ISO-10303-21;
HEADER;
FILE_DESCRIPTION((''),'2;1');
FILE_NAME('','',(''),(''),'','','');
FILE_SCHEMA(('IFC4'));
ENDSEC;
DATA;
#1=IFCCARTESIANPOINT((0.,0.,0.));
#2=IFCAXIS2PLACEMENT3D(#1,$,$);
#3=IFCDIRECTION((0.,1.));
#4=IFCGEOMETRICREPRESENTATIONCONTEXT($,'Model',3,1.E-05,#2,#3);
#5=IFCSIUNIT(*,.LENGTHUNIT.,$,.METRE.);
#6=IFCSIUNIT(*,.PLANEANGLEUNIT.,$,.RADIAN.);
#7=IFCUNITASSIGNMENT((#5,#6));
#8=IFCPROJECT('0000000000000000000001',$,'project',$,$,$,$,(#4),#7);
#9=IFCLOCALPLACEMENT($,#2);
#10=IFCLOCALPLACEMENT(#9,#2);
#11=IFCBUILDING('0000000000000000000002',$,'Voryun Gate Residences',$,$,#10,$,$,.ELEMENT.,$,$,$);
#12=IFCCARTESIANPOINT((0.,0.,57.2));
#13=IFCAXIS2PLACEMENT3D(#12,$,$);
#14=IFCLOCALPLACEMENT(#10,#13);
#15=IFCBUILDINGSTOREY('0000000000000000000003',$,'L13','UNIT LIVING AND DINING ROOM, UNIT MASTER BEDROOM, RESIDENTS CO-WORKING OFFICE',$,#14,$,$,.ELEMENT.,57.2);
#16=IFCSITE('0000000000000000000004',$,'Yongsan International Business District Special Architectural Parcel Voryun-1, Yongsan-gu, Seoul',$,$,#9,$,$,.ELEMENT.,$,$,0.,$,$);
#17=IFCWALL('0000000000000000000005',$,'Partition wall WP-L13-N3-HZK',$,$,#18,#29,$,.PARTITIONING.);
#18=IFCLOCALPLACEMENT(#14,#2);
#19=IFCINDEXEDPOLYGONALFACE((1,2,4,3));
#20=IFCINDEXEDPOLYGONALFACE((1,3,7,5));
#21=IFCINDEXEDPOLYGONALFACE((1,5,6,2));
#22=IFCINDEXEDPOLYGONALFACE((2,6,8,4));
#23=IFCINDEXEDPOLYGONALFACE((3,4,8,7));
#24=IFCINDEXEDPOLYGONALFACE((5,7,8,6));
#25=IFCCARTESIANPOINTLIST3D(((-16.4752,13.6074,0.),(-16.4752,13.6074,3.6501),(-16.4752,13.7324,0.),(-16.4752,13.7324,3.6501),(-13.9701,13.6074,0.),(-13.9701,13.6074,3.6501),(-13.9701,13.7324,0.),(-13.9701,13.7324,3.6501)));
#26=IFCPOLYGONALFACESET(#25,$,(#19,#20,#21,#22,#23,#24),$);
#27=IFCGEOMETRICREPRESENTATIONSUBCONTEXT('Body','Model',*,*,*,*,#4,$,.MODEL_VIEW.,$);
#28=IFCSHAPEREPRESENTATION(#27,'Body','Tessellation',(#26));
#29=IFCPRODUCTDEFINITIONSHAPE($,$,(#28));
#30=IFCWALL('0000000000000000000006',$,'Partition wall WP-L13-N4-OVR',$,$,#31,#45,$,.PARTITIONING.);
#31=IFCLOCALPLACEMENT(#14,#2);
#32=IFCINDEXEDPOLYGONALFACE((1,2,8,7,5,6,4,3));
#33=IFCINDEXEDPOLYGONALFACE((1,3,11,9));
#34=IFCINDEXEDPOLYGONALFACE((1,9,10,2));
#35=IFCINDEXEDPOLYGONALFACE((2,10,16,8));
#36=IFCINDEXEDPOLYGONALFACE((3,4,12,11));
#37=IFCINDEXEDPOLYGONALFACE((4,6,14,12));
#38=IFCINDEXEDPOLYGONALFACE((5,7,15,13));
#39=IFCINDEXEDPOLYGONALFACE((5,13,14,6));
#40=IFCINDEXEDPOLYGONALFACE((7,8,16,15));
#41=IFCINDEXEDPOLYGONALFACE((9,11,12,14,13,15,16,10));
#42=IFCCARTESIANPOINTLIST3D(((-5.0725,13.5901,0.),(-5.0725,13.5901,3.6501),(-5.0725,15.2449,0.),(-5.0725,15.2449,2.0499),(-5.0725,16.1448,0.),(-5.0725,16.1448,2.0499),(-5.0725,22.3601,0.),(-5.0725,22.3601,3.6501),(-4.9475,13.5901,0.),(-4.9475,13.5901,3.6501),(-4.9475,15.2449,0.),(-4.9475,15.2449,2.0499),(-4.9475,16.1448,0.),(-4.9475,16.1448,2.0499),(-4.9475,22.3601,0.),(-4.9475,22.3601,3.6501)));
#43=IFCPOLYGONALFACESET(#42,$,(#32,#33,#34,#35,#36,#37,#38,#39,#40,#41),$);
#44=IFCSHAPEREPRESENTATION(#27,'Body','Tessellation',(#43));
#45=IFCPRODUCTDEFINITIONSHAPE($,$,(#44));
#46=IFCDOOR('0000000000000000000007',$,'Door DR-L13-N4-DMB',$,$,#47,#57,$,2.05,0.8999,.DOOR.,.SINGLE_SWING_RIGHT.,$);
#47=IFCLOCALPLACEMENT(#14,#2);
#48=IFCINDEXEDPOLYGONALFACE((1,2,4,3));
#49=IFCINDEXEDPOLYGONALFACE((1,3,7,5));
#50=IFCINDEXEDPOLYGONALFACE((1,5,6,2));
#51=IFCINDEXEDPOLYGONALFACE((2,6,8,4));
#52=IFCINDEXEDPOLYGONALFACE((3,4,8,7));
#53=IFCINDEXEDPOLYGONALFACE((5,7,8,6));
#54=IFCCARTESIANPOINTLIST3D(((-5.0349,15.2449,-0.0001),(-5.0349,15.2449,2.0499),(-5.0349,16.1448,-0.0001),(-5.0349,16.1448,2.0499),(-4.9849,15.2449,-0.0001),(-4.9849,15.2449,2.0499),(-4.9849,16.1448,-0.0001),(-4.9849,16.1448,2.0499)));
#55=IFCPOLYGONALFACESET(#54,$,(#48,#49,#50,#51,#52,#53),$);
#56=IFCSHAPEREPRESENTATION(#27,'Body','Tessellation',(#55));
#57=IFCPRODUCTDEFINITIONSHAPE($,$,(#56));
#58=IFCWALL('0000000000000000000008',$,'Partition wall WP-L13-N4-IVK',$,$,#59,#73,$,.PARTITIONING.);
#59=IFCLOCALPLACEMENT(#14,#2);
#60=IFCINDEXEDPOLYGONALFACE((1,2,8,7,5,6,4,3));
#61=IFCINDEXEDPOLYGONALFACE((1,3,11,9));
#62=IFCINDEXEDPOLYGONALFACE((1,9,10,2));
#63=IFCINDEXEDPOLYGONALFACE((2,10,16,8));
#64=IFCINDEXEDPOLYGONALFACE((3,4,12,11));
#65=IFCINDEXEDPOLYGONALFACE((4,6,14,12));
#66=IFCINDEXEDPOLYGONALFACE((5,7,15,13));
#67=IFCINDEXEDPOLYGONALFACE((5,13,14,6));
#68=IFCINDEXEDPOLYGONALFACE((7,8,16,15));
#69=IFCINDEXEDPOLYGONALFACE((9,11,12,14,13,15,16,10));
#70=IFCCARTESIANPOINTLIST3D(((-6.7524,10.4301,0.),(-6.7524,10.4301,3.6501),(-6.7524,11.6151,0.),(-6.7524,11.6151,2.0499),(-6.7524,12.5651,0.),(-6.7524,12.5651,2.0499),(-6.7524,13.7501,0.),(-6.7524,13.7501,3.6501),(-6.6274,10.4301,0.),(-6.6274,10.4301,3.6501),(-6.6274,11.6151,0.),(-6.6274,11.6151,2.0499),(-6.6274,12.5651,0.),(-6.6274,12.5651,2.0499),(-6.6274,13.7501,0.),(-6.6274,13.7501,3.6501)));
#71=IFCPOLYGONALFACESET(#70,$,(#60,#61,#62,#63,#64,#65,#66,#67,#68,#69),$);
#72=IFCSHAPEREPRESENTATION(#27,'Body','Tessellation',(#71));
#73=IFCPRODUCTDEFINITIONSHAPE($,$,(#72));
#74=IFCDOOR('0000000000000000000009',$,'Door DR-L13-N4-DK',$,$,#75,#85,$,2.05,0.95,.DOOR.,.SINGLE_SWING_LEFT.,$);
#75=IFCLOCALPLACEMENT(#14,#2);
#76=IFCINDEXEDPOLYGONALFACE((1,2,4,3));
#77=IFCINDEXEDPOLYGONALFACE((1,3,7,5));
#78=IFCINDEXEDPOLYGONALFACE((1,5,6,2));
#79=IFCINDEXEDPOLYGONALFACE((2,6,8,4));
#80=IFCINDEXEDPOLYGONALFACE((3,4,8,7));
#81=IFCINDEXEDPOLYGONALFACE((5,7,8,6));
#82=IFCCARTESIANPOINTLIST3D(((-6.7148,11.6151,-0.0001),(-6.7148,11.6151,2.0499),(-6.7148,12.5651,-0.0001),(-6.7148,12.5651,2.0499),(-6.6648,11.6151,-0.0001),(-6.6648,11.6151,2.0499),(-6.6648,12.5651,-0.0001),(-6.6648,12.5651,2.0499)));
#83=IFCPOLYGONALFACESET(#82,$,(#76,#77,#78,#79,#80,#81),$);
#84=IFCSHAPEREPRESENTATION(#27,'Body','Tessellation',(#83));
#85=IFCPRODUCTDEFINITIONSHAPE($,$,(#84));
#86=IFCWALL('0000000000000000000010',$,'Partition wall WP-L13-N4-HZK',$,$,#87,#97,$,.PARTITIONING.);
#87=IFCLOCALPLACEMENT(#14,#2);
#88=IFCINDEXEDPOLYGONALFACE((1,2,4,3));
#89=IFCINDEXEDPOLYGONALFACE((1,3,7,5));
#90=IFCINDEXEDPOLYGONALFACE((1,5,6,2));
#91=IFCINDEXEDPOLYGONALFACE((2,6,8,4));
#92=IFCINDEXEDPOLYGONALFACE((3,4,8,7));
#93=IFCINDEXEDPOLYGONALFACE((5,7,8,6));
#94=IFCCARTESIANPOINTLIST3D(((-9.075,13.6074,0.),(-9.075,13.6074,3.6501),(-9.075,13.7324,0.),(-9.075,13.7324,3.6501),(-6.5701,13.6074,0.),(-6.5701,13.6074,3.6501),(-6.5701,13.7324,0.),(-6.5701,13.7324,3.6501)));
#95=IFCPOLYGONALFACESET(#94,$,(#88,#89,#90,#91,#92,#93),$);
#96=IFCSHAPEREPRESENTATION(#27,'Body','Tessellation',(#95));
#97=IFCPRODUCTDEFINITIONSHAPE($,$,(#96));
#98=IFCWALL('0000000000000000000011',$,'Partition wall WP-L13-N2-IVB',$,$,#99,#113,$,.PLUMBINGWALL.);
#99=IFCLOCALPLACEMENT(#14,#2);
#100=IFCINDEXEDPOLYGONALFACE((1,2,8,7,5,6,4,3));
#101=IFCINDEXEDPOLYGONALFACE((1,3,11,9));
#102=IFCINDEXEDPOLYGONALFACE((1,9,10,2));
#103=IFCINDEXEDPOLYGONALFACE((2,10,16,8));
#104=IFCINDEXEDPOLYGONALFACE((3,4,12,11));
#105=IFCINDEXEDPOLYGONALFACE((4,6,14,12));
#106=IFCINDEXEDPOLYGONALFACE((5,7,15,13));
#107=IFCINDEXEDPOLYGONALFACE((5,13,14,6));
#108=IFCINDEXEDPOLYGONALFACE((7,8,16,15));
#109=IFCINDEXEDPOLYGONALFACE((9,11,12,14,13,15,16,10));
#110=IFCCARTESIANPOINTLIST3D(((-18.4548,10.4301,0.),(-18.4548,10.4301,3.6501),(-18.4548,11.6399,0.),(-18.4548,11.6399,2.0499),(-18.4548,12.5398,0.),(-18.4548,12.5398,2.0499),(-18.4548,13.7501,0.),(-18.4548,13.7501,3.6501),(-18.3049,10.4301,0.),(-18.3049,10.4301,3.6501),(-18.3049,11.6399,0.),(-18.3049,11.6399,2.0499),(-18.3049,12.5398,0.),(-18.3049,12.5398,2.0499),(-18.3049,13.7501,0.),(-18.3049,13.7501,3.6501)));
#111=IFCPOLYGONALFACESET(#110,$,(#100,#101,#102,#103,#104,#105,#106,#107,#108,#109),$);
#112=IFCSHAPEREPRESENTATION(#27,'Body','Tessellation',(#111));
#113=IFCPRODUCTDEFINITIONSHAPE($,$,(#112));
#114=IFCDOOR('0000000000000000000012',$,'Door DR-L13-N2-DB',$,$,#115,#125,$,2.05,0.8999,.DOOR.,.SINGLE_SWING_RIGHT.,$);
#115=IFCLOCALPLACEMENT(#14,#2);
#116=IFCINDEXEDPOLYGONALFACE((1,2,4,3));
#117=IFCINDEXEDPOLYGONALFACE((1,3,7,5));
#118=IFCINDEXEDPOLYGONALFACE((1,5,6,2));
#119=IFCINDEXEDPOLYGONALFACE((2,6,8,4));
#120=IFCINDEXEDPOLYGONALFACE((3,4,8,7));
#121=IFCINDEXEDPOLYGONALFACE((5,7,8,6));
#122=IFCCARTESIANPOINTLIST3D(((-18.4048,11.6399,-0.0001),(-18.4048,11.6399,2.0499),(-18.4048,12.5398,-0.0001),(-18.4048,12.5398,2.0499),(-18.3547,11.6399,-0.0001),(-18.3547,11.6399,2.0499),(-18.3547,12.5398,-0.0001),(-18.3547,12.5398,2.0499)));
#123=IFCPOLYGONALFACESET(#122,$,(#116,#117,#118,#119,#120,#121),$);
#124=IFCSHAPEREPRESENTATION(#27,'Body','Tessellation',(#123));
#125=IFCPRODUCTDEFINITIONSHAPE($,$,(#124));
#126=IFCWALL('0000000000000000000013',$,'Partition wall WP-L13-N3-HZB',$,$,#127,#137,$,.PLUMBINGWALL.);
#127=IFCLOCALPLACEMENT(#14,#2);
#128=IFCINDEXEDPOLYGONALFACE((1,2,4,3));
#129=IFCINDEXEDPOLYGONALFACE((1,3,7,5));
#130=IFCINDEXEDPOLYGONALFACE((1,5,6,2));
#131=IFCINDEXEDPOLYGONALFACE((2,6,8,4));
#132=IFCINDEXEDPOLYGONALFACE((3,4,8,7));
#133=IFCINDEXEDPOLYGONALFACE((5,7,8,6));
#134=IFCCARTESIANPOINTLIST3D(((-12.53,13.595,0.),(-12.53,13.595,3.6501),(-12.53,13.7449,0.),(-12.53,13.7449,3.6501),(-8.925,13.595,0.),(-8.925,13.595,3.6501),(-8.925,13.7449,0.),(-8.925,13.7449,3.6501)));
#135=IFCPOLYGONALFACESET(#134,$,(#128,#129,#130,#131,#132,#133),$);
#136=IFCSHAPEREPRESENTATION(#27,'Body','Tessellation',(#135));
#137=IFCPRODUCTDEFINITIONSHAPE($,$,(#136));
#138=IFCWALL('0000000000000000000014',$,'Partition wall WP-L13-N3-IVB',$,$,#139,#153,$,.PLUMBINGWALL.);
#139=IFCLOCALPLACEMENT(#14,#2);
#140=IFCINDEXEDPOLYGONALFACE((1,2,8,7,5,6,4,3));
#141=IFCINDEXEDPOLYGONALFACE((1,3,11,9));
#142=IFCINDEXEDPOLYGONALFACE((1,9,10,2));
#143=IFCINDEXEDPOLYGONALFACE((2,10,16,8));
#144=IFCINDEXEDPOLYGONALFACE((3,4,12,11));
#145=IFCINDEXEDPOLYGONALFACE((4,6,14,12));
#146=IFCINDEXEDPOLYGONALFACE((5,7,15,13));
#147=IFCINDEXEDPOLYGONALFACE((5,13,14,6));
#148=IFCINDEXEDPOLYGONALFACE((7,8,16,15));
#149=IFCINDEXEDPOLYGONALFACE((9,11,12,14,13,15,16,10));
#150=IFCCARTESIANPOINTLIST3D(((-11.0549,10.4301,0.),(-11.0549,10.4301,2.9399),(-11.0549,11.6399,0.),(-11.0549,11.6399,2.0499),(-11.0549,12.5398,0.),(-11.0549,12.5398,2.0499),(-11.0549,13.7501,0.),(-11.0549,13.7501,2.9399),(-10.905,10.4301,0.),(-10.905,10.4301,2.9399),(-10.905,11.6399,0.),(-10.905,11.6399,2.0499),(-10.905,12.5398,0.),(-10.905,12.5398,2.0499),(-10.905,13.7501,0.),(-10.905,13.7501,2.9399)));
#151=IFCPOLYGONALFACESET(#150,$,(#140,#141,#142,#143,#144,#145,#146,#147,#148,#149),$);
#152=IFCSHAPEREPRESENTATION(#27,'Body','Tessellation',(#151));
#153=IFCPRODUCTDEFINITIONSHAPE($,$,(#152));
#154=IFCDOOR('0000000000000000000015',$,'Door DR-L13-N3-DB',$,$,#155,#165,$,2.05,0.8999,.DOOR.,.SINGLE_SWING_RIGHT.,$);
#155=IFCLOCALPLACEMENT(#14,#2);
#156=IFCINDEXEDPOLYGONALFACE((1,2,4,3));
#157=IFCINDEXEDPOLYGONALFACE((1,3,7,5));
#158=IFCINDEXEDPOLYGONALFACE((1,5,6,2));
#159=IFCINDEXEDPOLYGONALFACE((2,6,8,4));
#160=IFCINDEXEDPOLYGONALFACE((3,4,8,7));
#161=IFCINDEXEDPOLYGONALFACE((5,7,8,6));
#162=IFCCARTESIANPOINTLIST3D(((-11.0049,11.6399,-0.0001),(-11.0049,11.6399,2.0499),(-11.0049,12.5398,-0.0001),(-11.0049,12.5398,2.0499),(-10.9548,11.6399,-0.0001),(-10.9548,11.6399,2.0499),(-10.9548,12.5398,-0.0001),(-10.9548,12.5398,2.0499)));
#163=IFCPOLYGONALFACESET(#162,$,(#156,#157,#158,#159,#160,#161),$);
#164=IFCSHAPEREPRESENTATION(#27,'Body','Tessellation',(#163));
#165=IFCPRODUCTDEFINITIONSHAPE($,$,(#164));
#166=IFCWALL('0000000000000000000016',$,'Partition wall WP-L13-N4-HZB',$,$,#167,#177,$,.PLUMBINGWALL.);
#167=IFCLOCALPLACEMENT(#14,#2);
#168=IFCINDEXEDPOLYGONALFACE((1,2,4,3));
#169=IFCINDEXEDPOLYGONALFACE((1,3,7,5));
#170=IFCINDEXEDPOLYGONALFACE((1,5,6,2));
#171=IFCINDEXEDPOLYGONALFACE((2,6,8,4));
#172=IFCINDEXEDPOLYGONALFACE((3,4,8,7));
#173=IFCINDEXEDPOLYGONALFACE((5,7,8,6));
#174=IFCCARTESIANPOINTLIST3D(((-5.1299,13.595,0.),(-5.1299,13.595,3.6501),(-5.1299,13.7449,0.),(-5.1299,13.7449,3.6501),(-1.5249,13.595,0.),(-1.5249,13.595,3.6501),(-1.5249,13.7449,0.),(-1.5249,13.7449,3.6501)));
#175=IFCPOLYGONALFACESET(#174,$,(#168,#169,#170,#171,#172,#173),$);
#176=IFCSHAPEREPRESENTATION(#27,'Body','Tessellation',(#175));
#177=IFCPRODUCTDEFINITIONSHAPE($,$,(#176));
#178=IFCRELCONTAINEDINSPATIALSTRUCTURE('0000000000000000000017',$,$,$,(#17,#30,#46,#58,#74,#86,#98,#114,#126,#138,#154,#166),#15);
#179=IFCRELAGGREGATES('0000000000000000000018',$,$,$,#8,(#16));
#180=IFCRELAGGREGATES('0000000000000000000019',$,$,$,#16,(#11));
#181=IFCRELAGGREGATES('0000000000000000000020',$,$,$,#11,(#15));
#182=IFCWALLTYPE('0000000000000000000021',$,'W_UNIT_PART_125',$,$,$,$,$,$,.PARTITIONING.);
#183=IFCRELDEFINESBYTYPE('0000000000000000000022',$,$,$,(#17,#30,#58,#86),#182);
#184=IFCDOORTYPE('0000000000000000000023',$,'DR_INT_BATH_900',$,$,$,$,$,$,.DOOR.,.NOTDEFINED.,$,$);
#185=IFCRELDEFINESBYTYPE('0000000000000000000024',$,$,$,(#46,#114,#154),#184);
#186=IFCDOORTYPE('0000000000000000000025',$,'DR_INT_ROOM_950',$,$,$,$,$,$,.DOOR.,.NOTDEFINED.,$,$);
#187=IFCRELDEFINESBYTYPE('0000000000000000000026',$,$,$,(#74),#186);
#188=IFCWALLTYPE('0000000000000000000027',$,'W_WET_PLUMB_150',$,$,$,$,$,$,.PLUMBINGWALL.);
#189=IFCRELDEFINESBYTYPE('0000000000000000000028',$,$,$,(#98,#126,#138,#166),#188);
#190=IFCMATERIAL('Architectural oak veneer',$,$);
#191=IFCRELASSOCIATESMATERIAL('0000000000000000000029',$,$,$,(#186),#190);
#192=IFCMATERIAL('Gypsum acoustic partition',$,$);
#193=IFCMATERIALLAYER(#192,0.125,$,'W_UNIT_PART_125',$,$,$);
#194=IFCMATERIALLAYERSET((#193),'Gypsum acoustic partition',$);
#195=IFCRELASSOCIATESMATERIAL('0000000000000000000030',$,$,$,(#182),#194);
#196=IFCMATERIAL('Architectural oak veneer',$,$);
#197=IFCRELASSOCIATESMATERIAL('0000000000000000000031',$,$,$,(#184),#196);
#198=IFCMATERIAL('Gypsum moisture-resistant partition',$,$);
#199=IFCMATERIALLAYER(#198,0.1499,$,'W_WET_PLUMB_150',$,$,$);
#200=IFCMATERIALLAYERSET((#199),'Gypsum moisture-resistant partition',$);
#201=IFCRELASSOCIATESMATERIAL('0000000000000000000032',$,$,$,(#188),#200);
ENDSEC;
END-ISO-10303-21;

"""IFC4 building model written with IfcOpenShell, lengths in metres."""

from ifc_helpers import new_model, si_unit, direction, frame, frame_2d, origin, place, context, subcontext, project, spatial, rectangle, extrude, material, layer, layer_set, type_object, element, fill, save


model = new_model("IFC4")

# Units and contexts
model_context = context("Model", 3, precision=1e-05, world=origin(), true_north=direction((0.0, 1.0)))
body_context = subcontext(model_context, "Body", "Model", "MODEL_VIEW")
ifc_project = project(units=[si_unit("LENGTHUNIT", "METRE"), si_unit("PLANEANGLEUNIT", "RADIAN")], contexts=[model_context])

# Site, building, storey
site_placement = place(None, origin())
site = spatial("IfcSite", under=ifc_project, at=site_placement, Name="Yongsan International Business District Special Architectural Parcel Voryun-1, Yongsan-gu, Seoul", CompositionType="ELEMENT", RefElevation=0.0)
building_placement = place(site_placement, origin())
building = spatial("IfcBuilding", under=site, at=building_placement, Name="Voryun Gate Residences", CompositionType="ELEMENT")
storey_placement = place(building_placement, frame((0.0, 0.0, 57.2)))
storey = spatial("IfcBuildingStorey", under=building, at=storey_placement, Name="L13", Description="UNIT LIVING AND DINING ROOM, UNIT MASTER BEDROOM, RESIDENTS CO-WORKING OFFICE", CompositionType="ELEMENT", Elevation=57.2)

# Shared definitions
ifc_material_1 = material(Name="Architectural oak veneer")
door_type_1 = type_object("IfcDoorType", Name="DR_INT_ROOM_950", OperationType="NOTDEFINED", PredefinedType="DOOR", material=ifc_material_1)

# Shared definitions
ifc_material_2 = material(Name="Gypsum acoustic partition")
ifc_layer_1 = layer(ifc_material_2, 0.125, Name="W_UNIT_PART_125")
ifc_layer_set_1 = layer_set([ifc_layer_1], Name="Gypsum acoustic partition")
wall_type_1 = type_object("IfcWallType", Name="W_UNIT_PART_125", PredefinedType="PARTITIONING", material=ifc_layer_set_1)
ifc_material_3 = material(Name="Architectural oak veneer")
door_type_2 = type_object("IfcDoorType", Name="DR_INT_BATH_900", OperationType="NOTDEFINED", PredefinedType="DOOR", material=ifc_material_3)

# Wall
wall_1_placement = place(storey_placement, frame((-16.4751, 13.6699, 0.0), z_axis=(0.0, 0.0, 1.0), x_axis=(1.0, 0.0, 0.0)))
element("IfcWall", 1, at=wall_1_placement, inside=storey, type_object=wall_type_1, Name="Partition wall WP-L13-N3-HZK", PredefinedType="PARTITIONING", context=body_context, shape_type="SweptSolid", body=[
    extrude(rectangle(XDim=2.5051, YDim=0.125, at=frame_2d((1.2524, 0.0))), origin(), (0.0, 0.0, 1.0), 3.6501),
])

# Walls, openings, doors
wall_2_placement = place(storey_placement, frame((-5.01, 13.5901, 0.0), z_axis=(0.0, 0.0, 1.0), x_axis=(0.0, 1.0, 0.0)))
wall_2 = element("IfcWall", 2, at=wall_2_placement, inside=storey, type_object=wall_type_1, Name="Partition wall WP-L13-N4-OVR", PredefinedType="PARTITIONING", context=body_context, shape_type="SweptSolid", body=[
    extrude(rectangle(XDim=8.77, YDim=0.125, at=frame_2d((4.385, 0.0))), origin(), (0.0, 0.0, 1.0), 3.6501),
])
opening_1_placement = place(wall_2_placement, frame((1.6548, 0.0, 0.0)))
opening_1 = element("IfcOpeningElement", 3, at=opening_1_placement, cuts=wall_2, PredefinedType="OPENING", context=body_context, shape_type="SweptSolid", body=[
    extrude(rectangle(XDim=0.8999, YDim=2.05, at=frame_2d((0.45, 1.0249))), frame((0.0, 0.0725, 0.0), z_axis=(0.0, -1.0, 0.0), x_axis=(1.0, 0.0, 0.0)), (0.0, 0.0, 1.0), 0.145),
])
door_1_placement = place(opening_1_placement, origin())
door_1 = element("IfcDoor", 4, at=door_1_placement, inside=storey, type_object=door_type_2, Name="Door DR-L13-N4-DMB", OperationType="SINGLE_SWING_RIGHT", OverallHeight=2.05, OverallWidth=0.8999, PredefinedType="DOOR", context=body_context, shape_type="SweptSolid", body=[
    extrude(rectangle(XDim=0.8999, YDim=2.05, at=frame_2d((0.45, 1.0249))), frame((0.0, 0.0249, 0.0), z_axis=(0.0, -1.0, 0.0), x_axis=(1.0, 0.0, 0.0)), (0.0, 0.0, 1.0), 0.05),
])
fill(opening_1, door_1)
wall_3_placement = place(storey_placement, frame((-6.6899, 10.4299, 0.0), z_axis=(0.0, 0.0, 1.0), x_axis=(0.0, 1.0, 0.0)))
wall_3 = element("IfcWall", 5, at=wall_3_placement, inside=storey, type_object=wall_type_1, Name="Partition wall WP-L13-N4-IVK", PredefinedType="PARTITIONING", context=body_context, shape_type="SweptSolid", body=[
    extrude(rectangle(XDim=3.3201, YDim=0.125, at=frame_2d((1.6602, 0.0))), origin(), (0.0, 0.0, 1.0), 3.6501),
])
opening_2_placement = place(wall_3_placement, frame((1.1851, 0.0, 0.0)))
opening_2 = element("IfcOpeningElement", 6, at=opening_2_placement, cuts=wall_3, PredefinedType="OPENING", context=body_context, shape_type="SweptSolid", body=[
    extrude(rectangle(XDim=0.95, YDim=2.05, at=frame_2d((0.4751, 1.0249))), frame((0.0, 0.0725, 0.0), z_axis=(0.0, -1.0, 0.0), x_axis=(1.0, 0.0, 0.0)), (0.0, 0.0, 1.0), 0.145),
])
door_2_placement = place(opening_2_placement, origin())
door_2 = element("IfcDoor", 7, at=door_2_placement, inside=storey, type_object=door_type_1, Name="Door DR-L13-N4-DK", OperationType="SINGLE_SWING_LEFT", OverallHeight=2.05, OverallWidth=0.95, PredefinedType="DOOR", context=body_context, shape_type="SweptSolid", body=[
    extrude(rectangle(XDim=0.95, YDim=2.05, at=frame_2d((0.4751, 1.0249))), frame((0.0, 0.0249, 0.0), z_axis=(0.0, -1.0, 0.0), x_axis=(1.0, 0.0, 0.0)), (0.0, 0.0, 1.0), 0.05),
])
fill(opening_2, door_2)

# Wall
wall_4_placement = place(storey_placement, frame((-9.075, 13.6699, 0.0), z_axis=(0.0, 0.0, 1.0), x_axis=(1.0, 0.0, 0.0)))
element("IfcWall", 8, at=wall_4_placement, inside=storey, type_object=wall_type_1, Name="Partition wall WP-L13-N4-HZK", PredefinedType="PARTITIONING", context=body_context, shape_type="SweptSolid", body=[
    extrude(rectangle(XDim=2.5049, YDim=0.125, at=frame_2d((1.2524, 0.0))), origin(), (0.0, 0.0, 1.0), 3.6501),
])

# Wall, opening, door
ifc_material_4 = material(Name="Gypsum moisture-resistant partition")
ifc_layer_2 = layer(ifc_material_4, 0.1499, Name="W_WET_PLUMB_150")
ifc_layer_set_2 = layer_set([ifc_layer_2], Name="Gypsum moisture-resistant partition")
wall_type_2 = type_object("IfcWallType", Name="W_WET_PLUMB_150", PredefinedType="PLUMBINGWALL", material=ifc_layer_set_2)
wall_5_placement = place(storey_placement, frame((-18.3799, 10.4299, 0.0), z_axis=(0.0, 0.0, 1.0), x_axis=(0.0, 1.0, 0.0)))
wall_5 = element("IfcWall", 9, at=wall_5_placement, inside=storey, type_object=wall_type_2, Name="Partition wall WP-L13-N2-IVB", PredefinedType="PLUMBINGWALL", context=body_context, shape_type="SweptSolid", body=[
    extrude(rectangle(XDim=3.3201, YDim=0.1499, at=frame_2d((1.6602, 0.0))), origin(), (0.0, 0.0, 1.0), 3.6501),
])
opening_3_placement = place(wall_5_placement, frame((1.21, 0.0, 0.0)))
opening_3 = element("IfcOpeningElement", 10, at=opening_3_placement, cuts=wall_5, PredefinedType="OPENING", context=body_context, shape_type="SweptSolid", body=[
    extrude(rectangle(XDim=0.8999, YDim=2.05, at=frame_2d((0.45, 1.0249))), frame((0.0, 0.085, 0.0), z_axis=(0.0, -1.0, 0.0), x_axis=(1.0, 0.0, 0.0)), (0.0, 0.0, 1.0), 0.1699),
])
door_3_placement = place(opening_3_placement, origin())
door_3 = element("IfcDoor", 11, at=door_3_placement, inside=storey, type_object=door_type_2, Name="Door DR-L13-N2-DB", OperationType="SINGLE_SWING_RIGHT", OverallHeight=2.05, OverallWidth=0.8999, PredefinedType="DOOR", context=body_context, shape_type="SweptSolid", body=[
    extrude(rectangle(XDim=0.8999, YDim=2.05, at=frame_2d((0.45, 1.0249))), frame((0.0, 0.0249, 0.0), z_axis=(0.0, -1.0, 0.0), x_axis=(1.0, 0.0, 0.0)), (0.0, 0.0, 1.0), 0.05),
])
fill(opening_3, door_3)

# Wall
wall_6_placement = place(storey_placement, frame((-12.53, 13.6699, 0.0), z_axis=(0.0, 0.0, 1.0), x_axis=(1.0, 0.0, 0.0)))
element("IfcWall", 12, at=wall_6_placement, inside=storey, type_object=wall_type_2, Name="Partition wall WP-L13-N3-HZB", PredefinedType="PLUMBINGWALL", context=body_context, shape_type="SweptSolid", body=[
    extrude(rectangle(XDim=3.605, YDim=0.1499, at=frame_2d((1.8025, 0.0))), origin(), (0.0, 0.0, 1.0), 3.6501),
])

# Wall, opening, door
wall_7_placement = place(storey_placement, frame((-10.98, 10.4299, 0.0), z_axis=(0.0, 0.0, 1.0), x_axis=(0.0, 1.0, 0.0)))
wall_7 = element("IfcWall", 13, at=wall_7_placement, inside=storey, type_object=wall_type_2, Name="Partition wall WP-L13-N3-IVB", PredefinedType="PLUMBINGWALL", context=body_context, shape_type="SweptSolid", body=[
    extrude(rectangle(XDim=3.3201, YDim=0.1499, at=frame_2d((1.6602, 0.0))), origin(), (0.0, 0.0, 1.0), 2.9399),
])
opening_4_placement = place(wall_7_placement, frame((1.21, 0.0, 0.0)))
opening_4 = element("IfcOpeningElement", 14, at=opening_4_placement, cuts=wall_7, PredefinedType="OPENING", context=body_context, shape_type="SweptSolid", body=[
    extrude(rectangle(XDim=0.8999, YDim=2.05, at=frame_2d((0.45, 1.0249))), frame((0.0, 0.085, 0.0), z_axis=(0.0, -1.0, 0.0), x_axis=(1.0, 0.0, 0.0)), (0.0, 0.0, 1.0), 0.1699),
])
door_4_placement = place(opening_4_placement, origin())
door_4 = element("IfcDoor", 15, at=door_4_placement, inside=storey, type_object=door_type_2, Name="Door DR-L13-N3-DB", OperationType="SINGLE_SWING_RIGHT", OverallHeight=2.05, OverallWidth=0.8999, PredefinedType="DOOR", context=body_context, shape_type="SweptSolid", body=[
    extrude(rectangle(XDim=0.8999, YDim=2.05, at=frame_2d((0.45, 1.0249))), frame((0.0, 0.0249, 0.0), z_axis=(0.0, -1.0, 0.0), x_axis=(1.0, 0.0, 0.0)), (0.0, 0.0, 1.0), 0.05),
])
fill(opening_4, door_4)

# Wall
wall_8_placement = place(storey_placement, frame((-5.1299, 13.6699, 0.0), z_axis=(0.0, 0.0, 1.0), x_axis=(1.0, 0.0, 0.0)))
element("IfcWall", 16, at=wall_8_placement, inside=storey, type_object=wall_type_2, Name="Partition wall WP-L13-N4-HZB", PredefinedType="PLUMBINGWALL", context=body_context, shape_type="SweptSolid", body=[
    extrude(rectangle(XDim=3.605, YDim=0.1499, at=frame_2d((1.8025, 0.0))), origin(), (0.0, 0.0, 1.0), 3.6501),
])

save(model, "model.ifc")
